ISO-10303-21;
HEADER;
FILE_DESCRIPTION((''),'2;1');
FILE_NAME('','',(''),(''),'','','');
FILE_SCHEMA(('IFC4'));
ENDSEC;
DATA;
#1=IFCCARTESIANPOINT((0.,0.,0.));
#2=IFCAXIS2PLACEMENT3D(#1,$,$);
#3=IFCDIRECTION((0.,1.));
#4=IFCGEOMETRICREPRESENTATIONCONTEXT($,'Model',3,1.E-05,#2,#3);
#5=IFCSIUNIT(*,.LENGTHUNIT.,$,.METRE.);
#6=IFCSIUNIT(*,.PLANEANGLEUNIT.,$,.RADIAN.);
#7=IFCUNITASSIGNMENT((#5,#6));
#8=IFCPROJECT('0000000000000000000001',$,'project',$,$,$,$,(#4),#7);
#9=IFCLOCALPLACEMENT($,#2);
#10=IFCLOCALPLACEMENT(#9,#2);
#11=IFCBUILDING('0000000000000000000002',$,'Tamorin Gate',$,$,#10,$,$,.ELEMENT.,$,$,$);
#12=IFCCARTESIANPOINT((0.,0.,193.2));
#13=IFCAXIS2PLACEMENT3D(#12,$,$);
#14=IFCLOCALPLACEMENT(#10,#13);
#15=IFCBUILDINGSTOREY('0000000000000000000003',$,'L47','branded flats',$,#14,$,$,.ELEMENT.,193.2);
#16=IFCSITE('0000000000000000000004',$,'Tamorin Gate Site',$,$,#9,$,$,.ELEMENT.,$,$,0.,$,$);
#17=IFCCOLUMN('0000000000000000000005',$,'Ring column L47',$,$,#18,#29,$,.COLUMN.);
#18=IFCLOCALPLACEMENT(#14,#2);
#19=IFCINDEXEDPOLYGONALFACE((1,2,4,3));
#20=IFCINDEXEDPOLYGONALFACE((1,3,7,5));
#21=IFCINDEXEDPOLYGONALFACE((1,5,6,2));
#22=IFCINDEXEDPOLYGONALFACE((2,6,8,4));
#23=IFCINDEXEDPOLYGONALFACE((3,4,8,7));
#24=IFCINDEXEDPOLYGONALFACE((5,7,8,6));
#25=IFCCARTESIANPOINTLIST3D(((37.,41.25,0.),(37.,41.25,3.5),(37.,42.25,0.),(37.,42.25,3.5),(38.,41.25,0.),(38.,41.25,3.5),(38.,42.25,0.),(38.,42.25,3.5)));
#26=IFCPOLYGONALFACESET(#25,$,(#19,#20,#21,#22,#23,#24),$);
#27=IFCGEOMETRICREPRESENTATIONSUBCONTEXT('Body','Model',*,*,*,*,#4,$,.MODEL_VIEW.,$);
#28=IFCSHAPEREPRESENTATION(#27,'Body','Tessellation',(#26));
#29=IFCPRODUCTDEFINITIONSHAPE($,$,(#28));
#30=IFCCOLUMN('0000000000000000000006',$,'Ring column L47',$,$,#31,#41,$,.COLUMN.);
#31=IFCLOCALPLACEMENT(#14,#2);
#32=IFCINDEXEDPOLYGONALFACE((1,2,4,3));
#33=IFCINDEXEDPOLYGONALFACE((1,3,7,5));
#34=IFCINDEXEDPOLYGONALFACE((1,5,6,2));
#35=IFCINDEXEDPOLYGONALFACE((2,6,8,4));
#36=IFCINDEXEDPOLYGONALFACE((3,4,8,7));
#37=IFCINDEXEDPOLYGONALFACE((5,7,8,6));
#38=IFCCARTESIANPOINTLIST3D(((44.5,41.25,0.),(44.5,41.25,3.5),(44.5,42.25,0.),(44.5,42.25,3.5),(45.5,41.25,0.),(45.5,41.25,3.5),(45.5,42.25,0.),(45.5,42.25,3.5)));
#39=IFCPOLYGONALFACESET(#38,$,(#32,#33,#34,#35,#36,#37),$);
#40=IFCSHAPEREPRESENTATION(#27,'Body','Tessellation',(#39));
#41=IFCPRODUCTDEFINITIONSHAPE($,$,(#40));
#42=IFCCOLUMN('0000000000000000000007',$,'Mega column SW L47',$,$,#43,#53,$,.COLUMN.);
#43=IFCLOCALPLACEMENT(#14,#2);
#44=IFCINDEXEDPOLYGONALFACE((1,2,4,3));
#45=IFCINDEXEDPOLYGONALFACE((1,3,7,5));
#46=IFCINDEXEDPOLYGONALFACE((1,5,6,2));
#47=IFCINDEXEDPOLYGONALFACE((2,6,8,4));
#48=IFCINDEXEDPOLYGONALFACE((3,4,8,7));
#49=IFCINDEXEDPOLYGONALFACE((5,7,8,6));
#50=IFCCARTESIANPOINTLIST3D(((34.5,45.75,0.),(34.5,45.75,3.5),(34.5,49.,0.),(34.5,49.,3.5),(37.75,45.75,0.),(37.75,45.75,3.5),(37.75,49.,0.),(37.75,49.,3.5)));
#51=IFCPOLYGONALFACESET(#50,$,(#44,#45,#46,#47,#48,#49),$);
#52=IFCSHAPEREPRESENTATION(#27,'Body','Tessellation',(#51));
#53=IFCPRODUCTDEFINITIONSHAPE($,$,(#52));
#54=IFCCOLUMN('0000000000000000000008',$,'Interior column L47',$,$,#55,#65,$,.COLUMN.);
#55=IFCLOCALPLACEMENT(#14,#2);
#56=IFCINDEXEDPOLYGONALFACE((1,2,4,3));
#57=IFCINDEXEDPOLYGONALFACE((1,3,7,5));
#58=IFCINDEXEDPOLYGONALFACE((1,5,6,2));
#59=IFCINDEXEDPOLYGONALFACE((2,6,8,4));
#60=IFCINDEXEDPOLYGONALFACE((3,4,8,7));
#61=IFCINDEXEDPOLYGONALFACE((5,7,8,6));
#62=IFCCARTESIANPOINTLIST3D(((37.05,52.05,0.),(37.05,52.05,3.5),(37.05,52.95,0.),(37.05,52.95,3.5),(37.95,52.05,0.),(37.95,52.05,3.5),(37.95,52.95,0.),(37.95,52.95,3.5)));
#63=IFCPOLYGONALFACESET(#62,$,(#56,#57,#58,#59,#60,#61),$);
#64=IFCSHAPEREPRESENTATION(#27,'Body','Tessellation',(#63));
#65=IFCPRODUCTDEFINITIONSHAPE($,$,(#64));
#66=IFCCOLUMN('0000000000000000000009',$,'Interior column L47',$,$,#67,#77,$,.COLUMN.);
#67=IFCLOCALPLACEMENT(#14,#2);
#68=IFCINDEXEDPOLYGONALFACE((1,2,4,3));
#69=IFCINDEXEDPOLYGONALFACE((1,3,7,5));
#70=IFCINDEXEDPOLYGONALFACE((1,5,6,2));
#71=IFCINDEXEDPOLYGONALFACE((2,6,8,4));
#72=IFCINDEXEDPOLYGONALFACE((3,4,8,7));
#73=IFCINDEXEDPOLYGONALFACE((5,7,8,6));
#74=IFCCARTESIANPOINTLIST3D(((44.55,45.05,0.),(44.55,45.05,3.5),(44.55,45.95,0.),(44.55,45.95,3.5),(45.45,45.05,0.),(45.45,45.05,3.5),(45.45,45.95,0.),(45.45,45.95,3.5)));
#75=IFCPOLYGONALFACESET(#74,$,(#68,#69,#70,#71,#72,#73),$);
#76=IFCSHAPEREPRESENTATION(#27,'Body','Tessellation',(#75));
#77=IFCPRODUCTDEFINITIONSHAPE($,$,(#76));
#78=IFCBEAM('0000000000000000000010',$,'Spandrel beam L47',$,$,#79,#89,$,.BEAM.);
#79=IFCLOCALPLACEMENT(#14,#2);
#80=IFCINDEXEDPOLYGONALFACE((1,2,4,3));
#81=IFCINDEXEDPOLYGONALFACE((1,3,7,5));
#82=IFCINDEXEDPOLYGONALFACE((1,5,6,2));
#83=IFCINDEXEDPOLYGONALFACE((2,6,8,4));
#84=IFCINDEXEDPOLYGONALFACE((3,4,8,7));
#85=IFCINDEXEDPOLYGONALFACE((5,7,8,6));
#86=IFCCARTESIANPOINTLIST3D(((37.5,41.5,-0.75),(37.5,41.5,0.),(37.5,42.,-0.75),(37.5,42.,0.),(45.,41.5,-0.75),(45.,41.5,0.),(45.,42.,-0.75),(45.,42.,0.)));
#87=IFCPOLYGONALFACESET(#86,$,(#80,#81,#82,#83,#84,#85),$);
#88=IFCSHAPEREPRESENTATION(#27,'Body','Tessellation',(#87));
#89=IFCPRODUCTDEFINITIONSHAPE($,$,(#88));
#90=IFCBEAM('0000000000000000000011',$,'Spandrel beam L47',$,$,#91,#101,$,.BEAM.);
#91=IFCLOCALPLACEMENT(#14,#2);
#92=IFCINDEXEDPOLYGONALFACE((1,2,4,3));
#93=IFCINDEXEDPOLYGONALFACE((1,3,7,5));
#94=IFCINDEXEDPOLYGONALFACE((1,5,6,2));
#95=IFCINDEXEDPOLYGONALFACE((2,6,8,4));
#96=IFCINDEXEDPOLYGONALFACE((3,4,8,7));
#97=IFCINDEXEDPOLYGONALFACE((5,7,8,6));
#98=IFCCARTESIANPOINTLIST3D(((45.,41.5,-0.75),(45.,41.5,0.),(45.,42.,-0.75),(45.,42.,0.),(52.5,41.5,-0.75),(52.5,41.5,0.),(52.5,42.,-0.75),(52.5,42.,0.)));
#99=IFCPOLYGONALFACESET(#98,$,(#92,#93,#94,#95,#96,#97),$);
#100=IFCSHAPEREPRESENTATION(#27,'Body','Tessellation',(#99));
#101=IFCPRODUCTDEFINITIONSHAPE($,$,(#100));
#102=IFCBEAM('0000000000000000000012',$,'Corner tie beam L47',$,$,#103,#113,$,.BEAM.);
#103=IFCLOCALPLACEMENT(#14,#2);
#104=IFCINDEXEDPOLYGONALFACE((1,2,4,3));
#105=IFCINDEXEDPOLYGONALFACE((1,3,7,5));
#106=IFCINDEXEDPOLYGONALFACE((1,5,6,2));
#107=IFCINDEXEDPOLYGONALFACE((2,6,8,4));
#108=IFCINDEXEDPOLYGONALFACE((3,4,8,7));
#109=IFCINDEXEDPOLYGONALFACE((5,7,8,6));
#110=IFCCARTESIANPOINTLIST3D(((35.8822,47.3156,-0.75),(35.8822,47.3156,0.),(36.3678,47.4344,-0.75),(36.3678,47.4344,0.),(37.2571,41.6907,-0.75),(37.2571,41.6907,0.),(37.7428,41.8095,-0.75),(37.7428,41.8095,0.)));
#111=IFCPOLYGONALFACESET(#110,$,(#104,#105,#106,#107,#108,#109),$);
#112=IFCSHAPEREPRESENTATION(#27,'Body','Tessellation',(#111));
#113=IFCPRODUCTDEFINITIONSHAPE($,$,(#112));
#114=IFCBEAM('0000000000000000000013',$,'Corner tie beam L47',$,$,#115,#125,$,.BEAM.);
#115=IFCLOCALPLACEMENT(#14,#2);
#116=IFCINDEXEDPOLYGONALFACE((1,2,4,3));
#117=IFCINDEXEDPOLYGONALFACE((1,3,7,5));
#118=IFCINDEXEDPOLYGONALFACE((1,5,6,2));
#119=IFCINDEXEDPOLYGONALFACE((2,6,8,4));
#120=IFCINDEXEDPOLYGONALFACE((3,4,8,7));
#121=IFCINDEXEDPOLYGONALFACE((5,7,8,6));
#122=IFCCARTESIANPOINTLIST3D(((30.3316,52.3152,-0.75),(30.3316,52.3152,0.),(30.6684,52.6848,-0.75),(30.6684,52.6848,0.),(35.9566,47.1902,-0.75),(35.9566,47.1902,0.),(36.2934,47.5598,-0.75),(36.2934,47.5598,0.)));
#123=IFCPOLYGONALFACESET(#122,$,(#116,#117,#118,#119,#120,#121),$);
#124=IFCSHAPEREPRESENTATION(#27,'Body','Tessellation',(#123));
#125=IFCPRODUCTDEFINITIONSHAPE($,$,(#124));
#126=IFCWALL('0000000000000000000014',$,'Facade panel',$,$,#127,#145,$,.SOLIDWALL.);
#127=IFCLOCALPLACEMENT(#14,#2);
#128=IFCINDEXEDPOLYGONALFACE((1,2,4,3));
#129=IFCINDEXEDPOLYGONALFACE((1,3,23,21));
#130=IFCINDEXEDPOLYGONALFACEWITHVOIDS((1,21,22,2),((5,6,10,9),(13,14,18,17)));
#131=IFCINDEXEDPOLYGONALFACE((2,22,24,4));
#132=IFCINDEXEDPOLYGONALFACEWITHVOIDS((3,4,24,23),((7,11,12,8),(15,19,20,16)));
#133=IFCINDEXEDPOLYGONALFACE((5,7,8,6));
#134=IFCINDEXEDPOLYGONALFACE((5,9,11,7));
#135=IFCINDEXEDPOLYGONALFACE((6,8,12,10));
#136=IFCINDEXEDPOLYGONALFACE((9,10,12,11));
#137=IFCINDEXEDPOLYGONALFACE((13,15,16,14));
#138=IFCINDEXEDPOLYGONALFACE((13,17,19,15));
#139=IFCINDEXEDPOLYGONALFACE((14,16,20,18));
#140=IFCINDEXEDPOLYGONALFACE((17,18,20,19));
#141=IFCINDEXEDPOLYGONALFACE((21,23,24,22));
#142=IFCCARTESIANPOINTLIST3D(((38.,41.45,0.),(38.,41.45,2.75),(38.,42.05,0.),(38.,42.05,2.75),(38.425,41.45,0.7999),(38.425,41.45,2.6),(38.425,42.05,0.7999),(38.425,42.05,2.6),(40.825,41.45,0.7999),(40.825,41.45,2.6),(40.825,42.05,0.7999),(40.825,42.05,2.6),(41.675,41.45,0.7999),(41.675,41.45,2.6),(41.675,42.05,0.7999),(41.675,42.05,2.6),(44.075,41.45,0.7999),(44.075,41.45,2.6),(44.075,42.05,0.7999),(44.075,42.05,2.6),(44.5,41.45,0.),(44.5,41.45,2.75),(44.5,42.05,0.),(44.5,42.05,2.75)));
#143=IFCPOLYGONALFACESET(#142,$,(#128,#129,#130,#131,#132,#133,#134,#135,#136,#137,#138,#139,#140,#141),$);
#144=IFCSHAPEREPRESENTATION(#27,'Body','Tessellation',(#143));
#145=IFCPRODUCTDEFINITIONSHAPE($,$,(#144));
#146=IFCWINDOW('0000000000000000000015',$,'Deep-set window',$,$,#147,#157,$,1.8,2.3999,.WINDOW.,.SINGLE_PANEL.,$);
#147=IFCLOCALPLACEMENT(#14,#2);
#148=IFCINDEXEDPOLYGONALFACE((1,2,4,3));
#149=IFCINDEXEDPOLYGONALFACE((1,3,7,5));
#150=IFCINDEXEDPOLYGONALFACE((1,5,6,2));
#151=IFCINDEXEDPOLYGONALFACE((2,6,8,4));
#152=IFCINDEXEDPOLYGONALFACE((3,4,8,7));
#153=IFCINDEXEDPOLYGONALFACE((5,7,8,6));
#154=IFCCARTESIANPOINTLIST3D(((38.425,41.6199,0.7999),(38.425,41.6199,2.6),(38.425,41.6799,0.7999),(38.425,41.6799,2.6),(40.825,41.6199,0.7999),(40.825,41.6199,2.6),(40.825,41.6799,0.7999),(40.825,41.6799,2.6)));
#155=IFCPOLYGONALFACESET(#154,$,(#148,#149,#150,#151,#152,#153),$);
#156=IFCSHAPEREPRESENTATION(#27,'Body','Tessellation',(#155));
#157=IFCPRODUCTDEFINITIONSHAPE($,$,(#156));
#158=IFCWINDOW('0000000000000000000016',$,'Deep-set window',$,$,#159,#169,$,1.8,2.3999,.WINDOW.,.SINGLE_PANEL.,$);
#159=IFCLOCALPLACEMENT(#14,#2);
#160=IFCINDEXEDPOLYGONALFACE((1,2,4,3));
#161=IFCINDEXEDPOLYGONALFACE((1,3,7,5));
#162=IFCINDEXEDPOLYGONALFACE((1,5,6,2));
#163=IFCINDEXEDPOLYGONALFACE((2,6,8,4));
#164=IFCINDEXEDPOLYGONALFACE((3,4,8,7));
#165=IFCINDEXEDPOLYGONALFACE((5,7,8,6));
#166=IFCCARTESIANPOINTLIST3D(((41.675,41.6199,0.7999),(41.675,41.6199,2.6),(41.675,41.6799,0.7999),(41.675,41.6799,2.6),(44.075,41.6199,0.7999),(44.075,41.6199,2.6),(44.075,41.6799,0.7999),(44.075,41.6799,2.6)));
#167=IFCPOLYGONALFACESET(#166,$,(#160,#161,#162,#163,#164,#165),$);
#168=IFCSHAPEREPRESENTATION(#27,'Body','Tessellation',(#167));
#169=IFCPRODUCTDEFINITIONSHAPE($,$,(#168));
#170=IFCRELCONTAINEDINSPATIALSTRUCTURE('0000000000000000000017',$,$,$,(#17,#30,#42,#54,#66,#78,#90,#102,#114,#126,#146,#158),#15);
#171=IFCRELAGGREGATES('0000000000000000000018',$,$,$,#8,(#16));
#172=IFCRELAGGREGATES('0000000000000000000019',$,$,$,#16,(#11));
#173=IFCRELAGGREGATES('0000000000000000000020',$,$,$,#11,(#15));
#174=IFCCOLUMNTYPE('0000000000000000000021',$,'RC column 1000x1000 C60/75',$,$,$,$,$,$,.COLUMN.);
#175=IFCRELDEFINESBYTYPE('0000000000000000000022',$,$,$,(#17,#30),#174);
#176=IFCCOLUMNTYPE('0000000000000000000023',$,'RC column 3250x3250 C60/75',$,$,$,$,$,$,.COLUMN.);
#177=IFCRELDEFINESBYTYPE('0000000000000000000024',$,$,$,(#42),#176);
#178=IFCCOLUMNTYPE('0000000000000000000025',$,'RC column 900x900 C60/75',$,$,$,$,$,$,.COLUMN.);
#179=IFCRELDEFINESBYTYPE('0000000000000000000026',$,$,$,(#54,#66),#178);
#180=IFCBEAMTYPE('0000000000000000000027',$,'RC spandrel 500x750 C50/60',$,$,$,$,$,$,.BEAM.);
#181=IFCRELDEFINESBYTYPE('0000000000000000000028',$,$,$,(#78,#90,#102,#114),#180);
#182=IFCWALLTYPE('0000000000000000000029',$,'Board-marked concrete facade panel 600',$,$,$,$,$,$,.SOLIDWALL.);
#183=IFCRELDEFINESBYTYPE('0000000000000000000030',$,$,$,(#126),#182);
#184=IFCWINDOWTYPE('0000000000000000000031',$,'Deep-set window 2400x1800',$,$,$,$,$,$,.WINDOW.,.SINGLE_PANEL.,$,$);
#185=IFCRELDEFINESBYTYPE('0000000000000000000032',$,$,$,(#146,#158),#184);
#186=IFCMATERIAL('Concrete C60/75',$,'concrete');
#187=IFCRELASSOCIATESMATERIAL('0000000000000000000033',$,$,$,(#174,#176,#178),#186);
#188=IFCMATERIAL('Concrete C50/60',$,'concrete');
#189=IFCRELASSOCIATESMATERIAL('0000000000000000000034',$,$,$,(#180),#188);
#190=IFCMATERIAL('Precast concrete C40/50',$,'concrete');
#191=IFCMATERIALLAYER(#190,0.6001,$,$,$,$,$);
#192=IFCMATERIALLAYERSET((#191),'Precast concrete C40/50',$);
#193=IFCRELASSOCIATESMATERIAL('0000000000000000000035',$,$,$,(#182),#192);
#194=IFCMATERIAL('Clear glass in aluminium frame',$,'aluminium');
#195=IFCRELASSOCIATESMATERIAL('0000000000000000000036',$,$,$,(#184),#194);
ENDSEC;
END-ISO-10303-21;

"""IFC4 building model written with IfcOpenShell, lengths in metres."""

from ifc_helpers import new_model, si_unit, direction, frame, frame_2d, origin, origin_2d, place, context, subcontext, project, spatial, rectangle, extrude, material, layer, layer_set, material_profile, profile_set, type_object, element, fill, save


model = new_model("IFC4")

# Units and contexts
model_context = context("Model", 3, precision=1e-05, world=origin(), true_north=direction((0.0, 1.0)))
body_context = subcontext(model_context, "Body", "Model", "MODEL_VIEW")
ifc_project = project(units=[si_unit("LENGTHUNIT", "METRE"), si_unit("PLANEANGLEUNIT", "RADIAN")], contexts=[model_context])

# Site, building, storey
site_placement = place(None, origin())
site = spatial("IfcSite", under=ifc_project, at=site_placement, Name="Tamorin Gate Site", CompositionType="ELEMENT", RefElevation=0.0)
building_placement = place(site_placement, origin())
building = spatial("IfcBuilding", under=site, at=building_placement, Name="Tamorin Gate", CompositionType="ELEMENT")
storey_placement = place(building_placement, frame((0.0, 0.0, 193.2)))
storey = spatial("IfcBuildingStorey", under=building, at=storey_placement, Name="L47", Description="branded flats", CompositionType="ELEMENT", Elevation=193.2)

# Columns
ifc_material_1 = material(Name="Concrete C60/75", Category="concrete")
ifc_material_profile_1 = material_profile(ifc_material_1, rectangle(XDim=1.0, YDim=1.0, at=origin_2d()), Name="RC 1000x1000")
ifc_profile_set_1 = profile_set([ifc_material_profile_1], Name="Concrete C60/75")
column_type_1 = type_object("IfcColumnType", Name="RC column 1000x1000 C60/75", PredefinedType="COLUMN", material=ifc_profile_set_1)
for number, where, z_axis, x_axis, name in (
    (1, (37.5, 41.75, 0.0), (0.0, 0.0, 1.0), (1.0, 0.0, 0.0), "Ring column L47"),
    (2, (45.0, 41.75, 0.0), (0.0, 0.0, 1.0), (1.0, 0.0, 0.0), "Ring column L47"),
):
    element("IfcColumn", number, at=place(storey_placement, frame(where, z_axis=z_axis, x_axis=x_axis)), inside=storey, type_object=column_type_1, Name=name, PredefinedType="COLUMN", context=body_context, shape_type="SweptSolid", body=[
        extrude(rectangle(XDim=1.0, YDim=1.0, at=origin_2d()), origin(), (0.0, 0.0, 1.0), 3.5),
    ])
ifc_material_profile_2 = material_profile(ifc_material_1, rectangle(XDim=3.25, YDim=3.25, at=origin_2d()), Name="RC 3250x3250")
ifc_profile_set_2 = profile_set([ifc_material_profile_2], Name="Concrete C60/75")
column_type_2 = type_object("IfcColumnType", Name="RC column 3250x3250 C60/75", PredefinedType="COLUMN", material=ifc_profile_set_2)
column_placement = place(storey_placement, frame((36.125, 47.375, 0.0), z_axis=(0.0, 0.0, 1.0), x_axis=(1.0, 0.0, 0.0)))
element("IfcColumn", 3, at=column_placement, inside=storey, type_object=column_type_2, Name="Mega column SW L47", PredefinedType="COLUMN", context=body_context, shape_type="SweptSolid", body=[
    extrude(rectangle(XDim=3.25, YDim=3.25, at=origin_2d()), origin(), (0.0, 0.0, 1.0), 3.5),
])
ifc_material_profile_3 = material_profile(ifc_material_1, rectangle(XDim=0.8999, YDim=0.8999, at=origin_2d()), Name="RC 900x900")
ifc_profile_set_3 = profile_set([ifc_material_profile_3], Name="Concrete C60/75")
column_type_3 = type_object("IfcColumnType", Name="RC column 900x900 C60/75", PredefinedType="COLUMN", material=ifc_profile_set_3)
for number, where, z_axis, x_axis, name in (
    (4, (37.5, 52.5, 0.0), (0.0, 0.0, 1.0), (1.0, 0.0, 0.0), "Interior column L47"),
    (5, (45.0, 45.5, 0.0), (0.0, 0.0, 1.0), (1.0, 0.0, 0.0), "Interior column L47"),
):
    element("IfcColumn", number, at=place(storey_placement, frame(where, z_axis=z_axis, x_axis=x_axis)), inside=storey, type_object=column_type_3, Name=name, PredefinedType="COLUMN", context=body_context, shape_type="SweptSolid", body=[
        extrude(rectangle(XDim=0.8999, YDim=0.8999, at=origin_2d()), origin(), (0.0, 0.0, 1.0), 3.5),
    ])

# Beams
ifc_material_2 = material(Name="Concrete C50/60", Category="concrete")
ifc_material_profile_4 = material_profile(ifc_material_2, rectangle(XDim=0.5, YDim=0.75, at=origin_2d()), Name="RC 500x750")
ifc_profile_set_4 = profile_set([ifc_material_profile_4], Name="Concrete C50/60")
beam_type = type_object("IfcBeamType", Name="RC spandrel 500x750 C50/60", PredefinedType="BEAM", material=ifc_profile_set_4)
for number, where, z_axis, x_axis, name in (
    (6, (37.5, 41.75, -0.375), (1.0, 0.0, 0.0), (0.0, 1.0, 0.0), "Spandrel beam L47"),
    (7, (45.0, 41.75, -0.375), (1.0, 0.0, 0.0), (0.0, 1.0, 0.0), "Spandrel beam L47"),
):
    element("IfcBeam", number, at=place(storey_placement, frame(where, z_axis=z_axis, x_axis=x_axis)), inside=storey, type_object=beam_type, Name=name, PredefinedType="BEAM", context=body_context, shape_type="SweptSolid", body=[
        extrude(rectangle(XDim=0.5, YDim=0.75, at=origin_2d()), origin(), (0.0, 0.0, 1.0), 7.5),
    ])
beam_1_placement = place(storey_placement, frame((36.125, 47.375, -0.375), z_axis=(0.237453, -0.971399, 0.0), x_axis=(0.971399, 0.237453, 0.0)))
element("IfcBeam", 8, at=beam_1_placement, inside=storey, type_object=beam_type, Name="Corner tie beam L47", PredefinedType="BEAM", context=body_context, shape_type="SweptSolid", body=[
    extrude(rectangle(XDim=0.5, YDim=0.75, at=origin_2d()), origin(), (0.0, 0.0, 1.0), 5.7905),
])
beam_2_placement = place(storey_placement, frame((36.125, 47.375, -0.375), z_axis=(-0.739196, 0.67349, 0.0), x_axis=(-0.67349, -0.739196, 0.0)))
element("IfcBeam", 9, at=beam_2_placement, inside=storey, type_object=beam_type, Name="Corner tie beam L47", PredefinedType="BEAM", context=body_context, shape_type="SweptSolid", body=[
    extrude(rectangle(XDim=0.5, YDim=0.75, at=origin_2d()), origin(), (0.0, 0.0, 1.0), 7.6096),
])

# Wall, openings, windows
ifc_material_3 = material(Name="Precast concrete C40/50", Category="concrete")
ifc_layer_1 = layer(ifc_material_3, 0.6001)
ifc_layer_set_1 = layer_set([ifc_layer_1], Name="Precast concrete C40/50")
wall_type_1 = type_object("IfcWallType", Name="Board-marked concrete facade panel 600", PredefinedType="SOLIDWALL", material=ifc_layer_set_1)
wall_1_placement = place(storey_placement, frame((38.0, 41.75, 0.0), z_axis=(0.0, 0.0, 1.0), x_axis=(1.0, 0.0, 0.0)))
wall_1 = element("IfcWall", 10, at=wall_1_placement, inside=storey, type_object=wall_type_1, Name="Facade panel", PredefinedType="SOLIDWALL", context=body_context, shape_type="SweptSolid", body=[
    extrude(rectangle(XDim=6.5, YDim=0.6001, at=frame_2d((3.25, 0.0))), origin(), (0.0, 0.0, 1.0), 2.75),
])
opening_1_placement = place(wall_1_placement, frame((0.425, 0.0, 0.8)))
opening_1 = element("IfcOpeningElement", 11, at=opening_1_placement, cuts=wall_1, PredefinedType="OPENING", context=body_context, shape_type="SweptSolid", body=[
    extrude(rectangle(XDim=2.3999, YDim=1.8, at=frame_2d((1.2, 0.8999))), frame((0.0, 0.3101, 0.0), z_axis=(0.0, -1.0, 0.0), x_axis=(1.0, 0.0, 0.0)), (0.0, 0.0, 1.0), 0.6201),
])
opening_2_placement = place(wall_1_placement, frame((3.675, 0.0, 0.8)))
opening_2 = element("IfcOpeningElement", 12, at=opening_2_placement, cuts=wall_1, PredefinedType="OPENING", context=body_context, shape_type="SweptSolid", body=[
    extrude(rectangle(XDim=2.3999, YDim=1.8, at=frame_2d((1.2, 0.8999))), frame((0.0, 0.3101, 0.0), z_axis=(0.0, -1.0, 0.0), x_axis=(1.0, 0.0, 0.0)), (0.0, 0.0, 1.0), 0.6201),
])
ifc_material_4 = material(Name="Clear glass in aluminium frame", Category="aluminium")
window_type = type_object("IfcWindowType", Name="Deep-set window 2400x1800", PartitioningType="SINGLE_PANEL", PredefinedType="WINDOW", material=ifc_material_4)
window_1_placement = place(opening_1_placement, origin())
window_1 = element("IfcWindow", 13, at=window_1_placement, inside=storey, type_object=window_type, Name="Deep-set window", OverallHeight=1.8, OverallWidth=2.3999, PartitioningType="SINGLE_PANEL", PredefinedType="WINDOW", context=body_context, shape_type="SweptSolid", body=[
    extrude(rectangle(XDim=2.3999, YDim=1.8, at=frame_2d((1.2, 0.8999))), frame((0.0, -0.0701, 0.0), z_axis=(0.0, -1.0, 0.0), x_axis=(1.0, 0.0, 0.0)), (0.0, 0.0, 1.0), 0.0601),
])
fill(opening_1, window_1)
window_2_placement = place(opening_2_placement, origin())
window_2 = element("IfcWindow", 14, at=window_2_placement, inside=storey, type_object=window_type, Name="Deep-set window", OverallHeight=1.8, OverallWidth=2.3999, PartitioningType="SINGLE_PANEL", PredefinedType="WINDOW", context=body_context, shape_type="SweptSolid", body=[
    extrude(rectangle(XDim=2.3999, YDim=1.8, at=frame_2d((1.2, 0.8999))), frame((0.0, -0.0701, 0.0), z_axis=(0.0, -1.0, 0.0), x_axis=(1.0, 0.0, 0.0)), (0.0, 0.0, 1.0), 0.0601),
])
fill(opening_2, window_2)

save(model, "model.ifc")
